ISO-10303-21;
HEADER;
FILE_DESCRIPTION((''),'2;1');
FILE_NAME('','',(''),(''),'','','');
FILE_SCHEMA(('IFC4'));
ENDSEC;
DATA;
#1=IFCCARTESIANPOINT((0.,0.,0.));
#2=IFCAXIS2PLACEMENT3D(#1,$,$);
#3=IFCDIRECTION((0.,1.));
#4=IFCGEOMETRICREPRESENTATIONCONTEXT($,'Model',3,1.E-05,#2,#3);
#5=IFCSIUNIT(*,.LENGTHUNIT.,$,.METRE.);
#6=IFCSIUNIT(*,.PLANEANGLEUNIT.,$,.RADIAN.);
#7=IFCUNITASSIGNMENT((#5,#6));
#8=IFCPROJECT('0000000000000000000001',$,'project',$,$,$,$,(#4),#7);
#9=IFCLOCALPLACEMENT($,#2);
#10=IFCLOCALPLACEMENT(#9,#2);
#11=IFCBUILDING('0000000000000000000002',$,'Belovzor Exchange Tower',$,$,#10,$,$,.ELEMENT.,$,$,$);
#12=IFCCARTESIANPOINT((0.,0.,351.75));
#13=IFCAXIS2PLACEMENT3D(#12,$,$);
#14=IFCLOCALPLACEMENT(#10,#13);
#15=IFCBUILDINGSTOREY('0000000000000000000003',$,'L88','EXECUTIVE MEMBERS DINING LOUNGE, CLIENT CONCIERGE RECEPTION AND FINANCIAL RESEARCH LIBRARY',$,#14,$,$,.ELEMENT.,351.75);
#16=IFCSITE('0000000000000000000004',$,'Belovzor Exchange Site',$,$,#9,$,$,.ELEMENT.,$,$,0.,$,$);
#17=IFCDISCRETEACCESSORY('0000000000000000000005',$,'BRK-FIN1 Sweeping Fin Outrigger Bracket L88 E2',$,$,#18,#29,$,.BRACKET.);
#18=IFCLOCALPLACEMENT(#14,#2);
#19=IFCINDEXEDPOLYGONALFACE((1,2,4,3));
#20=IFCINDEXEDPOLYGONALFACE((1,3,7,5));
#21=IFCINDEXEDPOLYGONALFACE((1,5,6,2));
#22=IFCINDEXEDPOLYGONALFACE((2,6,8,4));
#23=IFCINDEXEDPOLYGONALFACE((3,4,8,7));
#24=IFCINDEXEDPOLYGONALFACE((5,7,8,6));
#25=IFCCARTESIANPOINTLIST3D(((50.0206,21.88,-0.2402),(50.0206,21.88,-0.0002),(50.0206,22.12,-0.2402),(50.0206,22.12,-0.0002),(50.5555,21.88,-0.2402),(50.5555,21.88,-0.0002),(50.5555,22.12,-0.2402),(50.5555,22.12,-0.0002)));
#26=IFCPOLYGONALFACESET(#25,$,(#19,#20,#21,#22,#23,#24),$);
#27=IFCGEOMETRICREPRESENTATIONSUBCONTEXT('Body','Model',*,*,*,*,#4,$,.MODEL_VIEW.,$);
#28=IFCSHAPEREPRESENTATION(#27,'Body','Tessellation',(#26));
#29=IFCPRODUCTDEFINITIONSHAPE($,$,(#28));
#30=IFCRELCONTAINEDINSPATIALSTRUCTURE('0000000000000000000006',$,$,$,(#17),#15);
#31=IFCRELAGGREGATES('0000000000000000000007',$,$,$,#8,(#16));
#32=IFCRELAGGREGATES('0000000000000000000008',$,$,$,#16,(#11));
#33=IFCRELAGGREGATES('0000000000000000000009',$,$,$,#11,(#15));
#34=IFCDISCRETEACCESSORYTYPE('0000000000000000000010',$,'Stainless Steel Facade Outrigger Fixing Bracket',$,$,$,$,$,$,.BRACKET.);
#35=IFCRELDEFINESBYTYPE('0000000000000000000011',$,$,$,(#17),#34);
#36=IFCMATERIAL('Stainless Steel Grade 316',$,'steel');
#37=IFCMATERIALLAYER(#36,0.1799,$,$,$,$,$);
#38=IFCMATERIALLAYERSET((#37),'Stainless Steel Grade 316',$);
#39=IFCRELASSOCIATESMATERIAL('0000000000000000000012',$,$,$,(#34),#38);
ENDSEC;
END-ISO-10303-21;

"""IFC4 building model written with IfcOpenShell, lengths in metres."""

from ifc_helpers import new_model, si_unit, direction, frame, origin, origin_2d, place, context, subcontext, project, spatial, rectangle, extrude, material, layer, layer_set, type_object, element, save


model = new_model("IFC4")

# Units and contexts
model_context = context("Model", 3, precision=1e-05, world=origin(), true_north=direction((0.0, 1.0)))
body_context = subcontext(model_context, "Body", "Model", "MODEL_VIEW")
ifc_project = project(units=[si_unit("LENGTHUNIT", "METRE"), si_unit("PLANEANGLEUNIT", "RADIAN")], contexts=[model_context])

# Site, building, storey
site_placement = place(None, origin())
site = spatial("IfcSite", under=ifc_project, at=site_placement, Name="Belovzor Exchange Site", CompositionType="ELEMENT", RefElevation=0.0)
building_placement = place(site_placement, origin())
building = spatial("IfcBuilding", under=site, at=building_placement, Name="Belovzor Exchange Tower", CompositionType="ELEMENT")
storey_placement = place(building_placement, frame((0.0, 0.0, 351.75)))
storey = spatial("IfcBuildingStorey", under=building, at=storey_placement, Name="L88", Description="EXECUTIVE MEMBERS DINING LOUNGE, CLIENT CONCIERGE RECEPTION AND FINANCIAL RESEARCH LIBRARY", CompositionType="ELEMENT", Elevation=351.75)

# Discrete accessory
ifc_material_1 = material(Name="Stainless Steel Grade 316", Category="steel")
ifc_layer_1 = layer(ifc_material_1, 0.1799)
ifc_layer_set_1 = layer_set([ifc_layer_1], Name="Stainless Steel Grade 316")
discrete_accessory_type = type_object("IfcDiscreteAccessoryType", Name="Stainless Steel Facade Outrigger Fixing Bracket", PredefinedType="BRACKET", material=ifc_layer_set_1)
discrete_accessory_placement = place(storey_placement, frame((50.2881, 22.0, -0.2402), z_axis=(0.0, 0.0, 1.0), x_axis=(1.0, 0.0, 0.0)))
element("IfcDiscreteAccessory", 1, at=discrete_accessory_placement, inside=storey, type_object=discrete_accessory_type, Name="BRK-FIN1 Sweeping Fin Outrigger Bracket L88 E2", PredefinedType="BRACKET", context=body_context, shape_type="SweptSolid", body=[
    extrude(rectangle(XDim=0.5349, YDim=0.24, at=origin_2d()), origin(), (0.0, 0.0, 1.0), 0.24),
])

save(model, "model.ifc")
